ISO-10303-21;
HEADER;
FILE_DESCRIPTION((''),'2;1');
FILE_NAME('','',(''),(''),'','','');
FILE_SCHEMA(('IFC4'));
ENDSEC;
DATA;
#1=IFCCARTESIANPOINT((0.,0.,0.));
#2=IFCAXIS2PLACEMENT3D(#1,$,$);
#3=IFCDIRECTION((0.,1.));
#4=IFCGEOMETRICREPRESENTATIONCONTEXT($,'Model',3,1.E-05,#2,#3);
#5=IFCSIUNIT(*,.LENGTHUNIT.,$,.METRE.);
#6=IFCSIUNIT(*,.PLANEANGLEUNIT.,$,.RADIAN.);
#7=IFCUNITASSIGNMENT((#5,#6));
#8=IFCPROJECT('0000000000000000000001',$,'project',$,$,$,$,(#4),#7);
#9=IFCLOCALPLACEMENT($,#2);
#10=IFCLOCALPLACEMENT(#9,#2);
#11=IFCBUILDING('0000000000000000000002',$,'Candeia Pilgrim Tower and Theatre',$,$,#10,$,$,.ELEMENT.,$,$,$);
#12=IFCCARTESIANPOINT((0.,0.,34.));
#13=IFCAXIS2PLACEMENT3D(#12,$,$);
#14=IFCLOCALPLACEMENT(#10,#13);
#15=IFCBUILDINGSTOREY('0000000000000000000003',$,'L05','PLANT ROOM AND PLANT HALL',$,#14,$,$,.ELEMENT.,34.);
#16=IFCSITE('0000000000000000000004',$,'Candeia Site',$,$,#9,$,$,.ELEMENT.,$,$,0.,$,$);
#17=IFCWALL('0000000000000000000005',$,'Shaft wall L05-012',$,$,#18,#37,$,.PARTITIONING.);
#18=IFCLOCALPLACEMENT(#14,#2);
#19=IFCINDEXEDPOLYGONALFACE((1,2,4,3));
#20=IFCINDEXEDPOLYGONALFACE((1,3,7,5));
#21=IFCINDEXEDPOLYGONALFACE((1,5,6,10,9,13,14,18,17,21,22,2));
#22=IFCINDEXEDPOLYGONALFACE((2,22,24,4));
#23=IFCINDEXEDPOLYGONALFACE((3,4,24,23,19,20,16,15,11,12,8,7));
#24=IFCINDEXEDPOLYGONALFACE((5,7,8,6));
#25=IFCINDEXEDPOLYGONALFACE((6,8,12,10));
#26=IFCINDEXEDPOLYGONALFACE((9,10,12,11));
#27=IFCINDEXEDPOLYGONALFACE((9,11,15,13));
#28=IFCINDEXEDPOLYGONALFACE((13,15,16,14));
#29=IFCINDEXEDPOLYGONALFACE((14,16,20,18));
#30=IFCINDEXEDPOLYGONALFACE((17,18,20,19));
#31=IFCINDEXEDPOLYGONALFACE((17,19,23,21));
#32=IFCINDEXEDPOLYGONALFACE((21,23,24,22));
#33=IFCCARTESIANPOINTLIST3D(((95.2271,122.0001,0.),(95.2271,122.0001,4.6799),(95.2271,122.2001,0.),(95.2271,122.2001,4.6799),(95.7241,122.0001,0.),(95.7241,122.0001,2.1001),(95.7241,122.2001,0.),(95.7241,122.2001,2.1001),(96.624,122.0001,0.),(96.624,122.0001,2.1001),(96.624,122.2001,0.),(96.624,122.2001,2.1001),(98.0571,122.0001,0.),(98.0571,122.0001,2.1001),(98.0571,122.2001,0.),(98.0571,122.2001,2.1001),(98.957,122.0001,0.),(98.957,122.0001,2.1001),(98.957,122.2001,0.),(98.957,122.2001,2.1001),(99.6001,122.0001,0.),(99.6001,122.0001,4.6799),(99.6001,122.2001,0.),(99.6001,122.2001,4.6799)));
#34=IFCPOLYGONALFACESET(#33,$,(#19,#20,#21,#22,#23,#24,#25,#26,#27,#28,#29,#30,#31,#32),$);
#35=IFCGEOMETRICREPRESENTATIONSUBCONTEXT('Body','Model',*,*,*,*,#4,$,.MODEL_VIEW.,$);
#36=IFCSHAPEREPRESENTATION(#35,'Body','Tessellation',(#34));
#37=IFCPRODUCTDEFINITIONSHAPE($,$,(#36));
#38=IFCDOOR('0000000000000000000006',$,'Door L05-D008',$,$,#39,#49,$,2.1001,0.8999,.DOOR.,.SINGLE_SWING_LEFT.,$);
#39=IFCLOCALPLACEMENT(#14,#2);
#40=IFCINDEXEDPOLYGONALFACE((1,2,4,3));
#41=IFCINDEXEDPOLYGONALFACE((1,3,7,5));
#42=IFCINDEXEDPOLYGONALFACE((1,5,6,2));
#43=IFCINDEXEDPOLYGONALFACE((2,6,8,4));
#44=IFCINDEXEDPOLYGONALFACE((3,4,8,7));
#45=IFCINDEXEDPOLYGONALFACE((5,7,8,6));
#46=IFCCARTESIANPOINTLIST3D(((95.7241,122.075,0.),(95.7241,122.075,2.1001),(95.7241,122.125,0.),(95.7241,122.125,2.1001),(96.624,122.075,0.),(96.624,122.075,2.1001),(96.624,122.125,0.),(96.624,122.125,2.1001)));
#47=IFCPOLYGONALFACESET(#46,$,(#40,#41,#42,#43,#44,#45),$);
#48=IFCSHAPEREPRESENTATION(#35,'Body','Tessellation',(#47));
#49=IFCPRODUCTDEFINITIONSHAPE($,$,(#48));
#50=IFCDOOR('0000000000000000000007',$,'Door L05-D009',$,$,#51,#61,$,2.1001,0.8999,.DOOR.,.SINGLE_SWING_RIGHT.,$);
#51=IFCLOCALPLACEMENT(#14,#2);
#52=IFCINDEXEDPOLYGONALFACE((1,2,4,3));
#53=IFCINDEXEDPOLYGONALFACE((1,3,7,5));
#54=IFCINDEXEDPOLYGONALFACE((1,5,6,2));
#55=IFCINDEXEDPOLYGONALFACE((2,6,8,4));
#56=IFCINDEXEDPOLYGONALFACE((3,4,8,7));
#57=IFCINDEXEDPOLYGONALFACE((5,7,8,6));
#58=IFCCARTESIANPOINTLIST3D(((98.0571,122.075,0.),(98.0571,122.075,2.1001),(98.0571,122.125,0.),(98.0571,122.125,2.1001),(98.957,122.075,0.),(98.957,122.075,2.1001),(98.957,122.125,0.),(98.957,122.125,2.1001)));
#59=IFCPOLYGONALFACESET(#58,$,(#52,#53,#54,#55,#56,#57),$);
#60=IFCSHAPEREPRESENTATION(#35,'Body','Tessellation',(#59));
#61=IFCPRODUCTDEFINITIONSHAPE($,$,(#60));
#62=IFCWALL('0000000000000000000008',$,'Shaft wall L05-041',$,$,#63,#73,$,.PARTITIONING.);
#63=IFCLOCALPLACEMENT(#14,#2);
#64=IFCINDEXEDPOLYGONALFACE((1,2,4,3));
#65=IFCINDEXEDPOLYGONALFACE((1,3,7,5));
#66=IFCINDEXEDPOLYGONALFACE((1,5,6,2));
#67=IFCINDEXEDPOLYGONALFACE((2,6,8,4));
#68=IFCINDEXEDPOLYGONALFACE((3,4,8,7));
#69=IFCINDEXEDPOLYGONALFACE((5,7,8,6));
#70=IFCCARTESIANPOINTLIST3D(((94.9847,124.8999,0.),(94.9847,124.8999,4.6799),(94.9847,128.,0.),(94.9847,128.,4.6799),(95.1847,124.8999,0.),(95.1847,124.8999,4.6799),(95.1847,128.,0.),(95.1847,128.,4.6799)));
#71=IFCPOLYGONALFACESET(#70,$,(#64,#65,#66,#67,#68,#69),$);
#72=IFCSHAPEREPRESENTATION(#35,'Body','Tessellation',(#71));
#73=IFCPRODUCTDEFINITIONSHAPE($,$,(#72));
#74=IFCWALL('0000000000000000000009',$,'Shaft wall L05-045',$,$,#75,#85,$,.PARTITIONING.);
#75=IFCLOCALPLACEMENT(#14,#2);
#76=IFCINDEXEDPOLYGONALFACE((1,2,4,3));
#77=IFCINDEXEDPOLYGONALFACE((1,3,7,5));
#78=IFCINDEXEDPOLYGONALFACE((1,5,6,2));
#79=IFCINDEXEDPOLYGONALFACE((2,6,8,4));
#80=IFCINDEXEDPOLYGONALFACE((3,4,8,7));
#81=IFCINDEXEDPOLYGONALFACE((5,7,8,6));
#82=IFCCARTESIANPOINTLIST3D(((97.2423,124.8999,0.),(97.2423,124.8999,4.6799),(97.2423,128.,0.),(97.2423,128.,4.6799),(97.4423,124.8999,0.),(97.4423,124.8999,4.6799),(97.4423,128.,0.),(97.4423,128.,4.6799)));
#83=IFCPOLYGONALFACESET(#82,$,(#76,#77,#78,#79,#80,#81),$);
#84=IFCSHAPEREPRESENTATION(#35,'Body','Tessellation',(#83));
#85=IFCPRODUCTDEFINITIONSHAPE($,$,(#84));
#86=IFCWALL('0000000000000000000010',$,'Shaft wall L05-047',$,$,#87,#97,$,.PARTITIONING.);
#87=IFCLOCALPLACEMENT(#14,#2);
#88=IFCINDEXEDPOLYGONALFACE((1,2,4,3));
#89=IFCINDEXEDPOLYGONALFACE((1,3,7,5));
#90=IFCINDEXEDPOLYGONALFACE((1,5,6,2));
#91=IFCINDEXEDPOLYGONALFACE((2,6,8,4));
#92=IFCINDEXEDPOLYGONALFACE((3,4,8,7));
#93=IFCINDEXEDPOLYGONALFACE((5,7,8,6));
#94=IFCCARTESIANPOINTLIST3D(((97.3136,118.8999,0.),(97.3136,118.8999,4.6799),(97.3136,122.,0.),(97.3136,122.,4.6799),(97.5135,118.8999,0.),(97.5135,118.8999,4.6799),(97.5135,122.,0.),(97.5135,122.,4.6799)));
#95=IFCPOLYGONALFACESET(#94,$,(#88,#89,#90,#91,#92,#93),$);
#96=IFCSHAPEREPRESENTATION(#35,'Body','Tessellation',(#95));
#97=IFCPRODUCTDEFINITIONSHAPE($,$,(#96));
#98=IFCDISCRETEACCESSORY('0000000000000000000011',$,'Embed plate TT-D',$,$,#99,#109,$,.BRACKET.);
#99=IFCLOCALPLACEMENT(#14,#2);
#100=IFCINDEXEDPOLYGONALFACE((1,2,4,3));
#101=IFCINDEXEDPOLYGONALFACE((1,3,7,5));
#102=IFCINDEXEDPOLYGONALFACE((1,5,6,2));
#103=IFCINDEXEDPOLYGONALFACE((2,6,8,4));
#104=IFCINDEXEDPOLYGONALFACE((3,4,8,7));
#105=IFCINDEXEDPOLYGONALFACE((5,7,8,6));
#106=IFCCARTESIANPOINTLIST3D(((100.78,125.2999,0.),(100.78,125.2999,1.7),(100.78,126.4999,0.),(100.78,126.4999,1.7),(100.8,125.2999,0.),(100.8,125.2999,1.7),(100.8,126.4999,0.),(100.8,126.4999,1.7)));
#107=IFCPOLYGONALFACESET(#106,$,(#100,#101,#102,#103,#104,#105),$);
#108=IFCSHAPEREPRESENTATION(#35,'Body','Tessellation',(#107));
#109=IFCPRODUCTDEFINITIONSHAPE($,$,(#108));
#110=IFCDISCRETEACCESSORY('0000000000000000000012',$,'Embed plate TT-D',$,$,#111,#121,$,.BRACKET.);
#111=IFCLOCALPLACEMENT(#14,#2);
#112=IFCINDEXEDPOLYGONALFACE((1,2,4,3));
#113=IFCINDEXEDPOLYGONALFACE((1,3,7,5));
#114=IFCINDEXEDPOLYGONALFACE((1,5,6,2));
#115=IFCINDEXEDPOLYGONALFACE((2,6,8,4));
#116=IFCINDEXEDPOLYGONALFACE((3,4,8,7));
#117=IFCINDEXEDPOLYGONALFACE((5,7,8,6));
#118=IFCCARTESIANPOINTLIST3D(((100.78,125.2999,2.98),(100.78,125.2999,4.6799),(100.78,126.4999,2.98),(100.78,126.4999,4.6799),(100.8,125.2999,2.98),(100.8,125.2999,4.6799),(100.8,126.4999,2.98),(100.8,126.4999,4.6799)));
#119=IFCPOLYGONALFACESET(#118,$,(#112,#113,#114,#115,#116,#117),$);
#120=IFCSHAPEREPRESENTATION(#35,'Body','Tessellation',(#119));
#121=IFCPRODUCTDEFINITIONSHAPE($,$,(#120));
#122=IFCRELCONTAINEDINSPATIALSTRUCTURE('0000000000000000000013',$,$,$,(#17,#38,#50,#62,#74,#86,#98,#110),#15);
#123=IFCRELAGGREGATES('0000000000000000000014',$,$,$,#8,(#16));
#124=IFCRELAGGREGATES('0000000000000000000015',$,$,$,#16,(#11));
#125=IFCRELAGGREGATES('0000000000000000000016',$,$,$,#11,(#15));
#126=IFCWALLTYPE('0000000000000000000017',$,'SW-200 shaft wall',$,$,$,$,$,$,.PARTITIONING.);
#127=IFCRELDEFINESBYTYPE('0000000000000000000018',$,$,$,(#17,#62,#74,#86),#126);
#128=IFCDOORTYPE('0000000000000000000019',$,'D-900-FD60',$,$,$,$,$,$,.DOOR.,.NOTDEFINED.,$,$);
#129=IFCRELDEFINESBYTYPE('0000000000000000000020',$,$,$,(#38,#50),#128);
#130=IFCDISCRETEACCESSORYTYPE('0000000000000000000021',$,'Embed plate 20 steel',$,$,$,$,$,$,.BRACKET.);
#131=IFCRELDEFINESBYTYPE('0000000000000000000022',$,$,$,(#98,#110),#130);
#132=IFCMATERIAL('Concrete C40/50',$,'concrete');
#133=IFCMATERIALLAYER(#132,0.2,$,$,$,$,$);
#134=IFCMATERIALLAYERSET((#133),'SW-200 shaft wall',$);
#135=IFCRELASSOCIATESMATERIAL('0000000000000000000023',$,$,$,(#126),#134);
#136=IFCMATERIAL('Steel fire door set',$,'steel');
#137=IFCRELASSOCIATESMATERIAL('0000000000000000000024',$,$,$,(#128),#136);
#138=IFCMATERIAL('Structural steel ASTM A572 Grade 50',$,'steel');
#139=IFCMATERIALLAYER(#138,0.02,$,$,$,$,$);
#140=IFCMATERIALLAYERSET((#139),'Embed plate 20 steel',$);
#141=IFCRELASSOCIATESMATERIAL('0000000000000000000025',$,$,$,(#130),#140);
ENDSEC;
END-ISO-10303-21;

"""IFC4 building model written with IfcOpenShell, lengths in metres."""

from ifc_helpers import new_model, si_unit, direction, frame, frame_2d, origin, origin_2d, place, context, subcontext, project, spatial, rectangle, extrude, material, layer, layer_set, type_object, element, fill, save


model = new_model("IFC4")

# Units and contexts
model_context = context("Model", 3, precision=1e-05, world=origin(), true_north=direction((0.0, 1.0)))
body_context = subcontext(model_context, "Body", "Model", "MODEL_VIEW")
ifc_project = project(units=[si_unit("LENGTHUNIT", "METRE"), si_unit("PLANEANGLEUNIT", "RADIAN")], contexts=[model_context])

# Site, building, storey
site_placement = place(None, origin())
site = spatial("IfcSite", under=ifc_project, at=site_placement, Name="Candeia Site", CompositionType="ELEMENT", RefElevation=0.0)
building_placement = place(site_placement, origin())
building = spatial("IfcBuilding", under=site, at=building_placement, Name="Candeia Pilgrim Tower and Theatre", CompositionType="ELEMENT")
storey_placement = place(building_placement, frame((0.0, 0.0, 34.0)))
storey = spatial("IfcBuildingStorey", under=building, at=storey_placement, Name="L05", Description="PLANT ROOM AND PLANT HALL", CompositionType="ELEMENT", Elevation=34.0)

# Shared definitions
ifc_material_1 = material(Name="Structural steel ASTM A572 Grade 50", Category="steel")

# Shared definitions
ifc_material_2 = material(Name="Steel fire door set", Category="steel")

# Wall, openings, doors
ifc_material_3 = material(Name="Concrete C40/50", Category="concrete")
ifc_layer_1 = layer(ifc_material_3, 0.2)
ifc_layer_set_1 = layer_set([ifc_layer_1], Name="SW-200 shaft wall")
wall_type_1 = type_object("IfcWallType", Name="SW-200 shaft wall", PredefinedType="PARTITIONING", material=ifc_layer_set_1)
wall_1_placement = place(storey_placement, frame((95.2271, 122.1001, 0.0), z_axis=(0.0, 0.0, 1.0), x_axis=(1.0, 0.0, 0.0)))
wall_1 = element("IfcWall", 1, at=wall_1_placement, inside=storey, type_object=wall_type_1, Name="Shaft wall L05-012", PredefinedType="PARTITIONING", context=body_context, shape_type="SweptSolid", body=[
    extrude(rectangle(XDim=4.373, YDim=0.2, at=frame_2d((2.1865, 0.0))), origin(), (0.0, 0.0, 1.0), 4.6799),
])
opening_1_placement = place(wall_1_placement, frame((0.4971, 0.0, 0.0)))
opening_1 = element("IfcOpeningElement", 2, at=opening_1_placement, cuts=wall_1, PredefinedType="OPENING", context=body_context, shape_type="SweptSolid", body=[
    extrude(rectangle(XDim=0.8999, YDim=2.1001, at=frame_2d((0.45, 1.05))), frame((0.0, 0.1099, 0.0), z_axis=(0.0, -1.0, 0.0), x_axis=(1.0, 0.0, 0.0)), (0.0, 0.0, 1.0), 0.22),
])
opening_2_placement = place(wall_1_placement, frame((2.8301, 0.0, 0.0)))
opening_2 = element("IfcOpeningElement", 3, at=opening_2_placement, cuts=wall_1, PredefinedType="OPENING", context=body_context, shape_type="SweptSolid", body=[
    extrude(rectangle(XDim=0.8999, YDim=2.1001, at=frame_2d((0.45, 1.05))), frame((0.0, 0.1099, 0.0), z_axis=(0.0, -1.0, 0.0), x_axis=(1.0, 0.0, 0.0)), (0.0, 0.0, 1.0), 0.22),
])
door_type_1 = type_object("IfcDoorType", Name="D-900-FD60", OperationType="NOTDEFINED", PredefinedType="DOOR", material=ifc_material_2)
door_1_placement = place(opening_1_placement, origin())
door_1 = element("IfcDoor", 4, at=door_1_placement, inside=storey, type_object=door_type_1, Name="Door L05-D008", OperationType="SINGLE_SWING_LEFT", OverallHeight=2.1001, OverallWidth=0.8999, PredefinedType="DOOR", context=body_context, shape_type="SweptSolid", body=[
    extrude(rectangle(XDim=0.8999, YDim=2.1001, at=frame_2d((0.45, 1.05))), frame((0.0, 0.0249, 0.0), z_axis=(0.0, -1.0, 0.0), x_axis=(1.0, 0.0, 0.0)), (0.0, 0.0, 1.0), 0.05),
])
fill(opening_1, door_1)
door_2_placement = place(opening_2_placement, origin())
door_2 = element("IfcDoor", 5, at=door_2_placement, inside=storey, type_object=door_type_1, Name="Door L05-D009", OperationType="SINGLE_SWING_RIGHT", OverallHeight=2.1001, OverallWidth=0.8999, PredefinedType="DOOR", context=body_context, shape_type="SweptSolid", body=[
    extrude(rectangle(XDim=0.8999, YDim=2.1001, at=frame_2d((0.45, 1.05))), frame((0.0, 0.0249, 0.0), z_axis=(0.0, -1.0, 0.0), x_axis=(1.0, 0.0, 0.0)), (0.0, 0.0, 1.0), 0.05),
])
fill(opening_2, door_2)

# Walls
for number, where, z_axis, x_axis, name in (
    (6, (95.0847, 124.8999, 0.0), (0.0, 0.0, 1.0), (0.0, 1.0, 0.0), "Shaft wall L05-041"),
    (7, (97.3423, 124.8999, 0.0), (0.0, 0.0, 1.0), (0.0, 1.0, 0.0), "Shaft wall L05-045"),
    (8, (97.4136, 118.8999, 0.0), (0.0, 0.0, 1.0), (0.0, 1.0, 0.0), "Shaft wall L05-047"),
):
    element("IfcWall", number, at=place(storey_placement, frame(where, z_axis=z_axis, x_axis=x_axis)), inside=storey, type_object=wall_type_1, Name=name, PredefinedType="PARTITIONING", context=body_context, shape_type="SweptSolid", body=[
        extrude(rectangle(XDim=3.1001, YDim=0.2, at=frame_2d((1.55, 0.0))), origin(), (0.0, 0.0, 1.0), 4.6799),
    ])

# Discrete accessories
ifc_layer_2 = layer(ifc_material_1, 0.02)
ifc_layer_set_2 = layer_set([ifc_layer_2], Name="Embed plate 20 steel")
discrete_accessory_type = type_object("IfcDiscreteAccessoryType", Name="Embed plate 20 steel", PredefinedType="BRACKET", material=ifc_layer_set_2)
for number, where, z_axis, x_axis, name in (
    (9, (100.79, 125.8999, 0.0), (0.0, 0.0, 1.0), (0.0, -1.0, 0.0), "Embed plate TT-D"),
    (10, (100.79, 125.8999, 2.98), (0.0, 0.0, 1.0), (0.0, -1.0, 0.0), "Embed plate TT-D"),
):
    element("IfcDiscreteAccessory", number, at=place(storey_placement, frame(where, z_axis=z_axis, x_axis=x_axis)), inside=storey, type_object=discrete_accessory_type, Name=name, PredefinedType="BRACKET", context=body_context, shape_type="SweptSolid", body=[
        extrude(rectangle(XDim=1.2, YDim=0.02, at=origin_2d()), origin(), (0.0, 0.0, 1.0), 1.7),
    ])

save(model, "model.ifc")
